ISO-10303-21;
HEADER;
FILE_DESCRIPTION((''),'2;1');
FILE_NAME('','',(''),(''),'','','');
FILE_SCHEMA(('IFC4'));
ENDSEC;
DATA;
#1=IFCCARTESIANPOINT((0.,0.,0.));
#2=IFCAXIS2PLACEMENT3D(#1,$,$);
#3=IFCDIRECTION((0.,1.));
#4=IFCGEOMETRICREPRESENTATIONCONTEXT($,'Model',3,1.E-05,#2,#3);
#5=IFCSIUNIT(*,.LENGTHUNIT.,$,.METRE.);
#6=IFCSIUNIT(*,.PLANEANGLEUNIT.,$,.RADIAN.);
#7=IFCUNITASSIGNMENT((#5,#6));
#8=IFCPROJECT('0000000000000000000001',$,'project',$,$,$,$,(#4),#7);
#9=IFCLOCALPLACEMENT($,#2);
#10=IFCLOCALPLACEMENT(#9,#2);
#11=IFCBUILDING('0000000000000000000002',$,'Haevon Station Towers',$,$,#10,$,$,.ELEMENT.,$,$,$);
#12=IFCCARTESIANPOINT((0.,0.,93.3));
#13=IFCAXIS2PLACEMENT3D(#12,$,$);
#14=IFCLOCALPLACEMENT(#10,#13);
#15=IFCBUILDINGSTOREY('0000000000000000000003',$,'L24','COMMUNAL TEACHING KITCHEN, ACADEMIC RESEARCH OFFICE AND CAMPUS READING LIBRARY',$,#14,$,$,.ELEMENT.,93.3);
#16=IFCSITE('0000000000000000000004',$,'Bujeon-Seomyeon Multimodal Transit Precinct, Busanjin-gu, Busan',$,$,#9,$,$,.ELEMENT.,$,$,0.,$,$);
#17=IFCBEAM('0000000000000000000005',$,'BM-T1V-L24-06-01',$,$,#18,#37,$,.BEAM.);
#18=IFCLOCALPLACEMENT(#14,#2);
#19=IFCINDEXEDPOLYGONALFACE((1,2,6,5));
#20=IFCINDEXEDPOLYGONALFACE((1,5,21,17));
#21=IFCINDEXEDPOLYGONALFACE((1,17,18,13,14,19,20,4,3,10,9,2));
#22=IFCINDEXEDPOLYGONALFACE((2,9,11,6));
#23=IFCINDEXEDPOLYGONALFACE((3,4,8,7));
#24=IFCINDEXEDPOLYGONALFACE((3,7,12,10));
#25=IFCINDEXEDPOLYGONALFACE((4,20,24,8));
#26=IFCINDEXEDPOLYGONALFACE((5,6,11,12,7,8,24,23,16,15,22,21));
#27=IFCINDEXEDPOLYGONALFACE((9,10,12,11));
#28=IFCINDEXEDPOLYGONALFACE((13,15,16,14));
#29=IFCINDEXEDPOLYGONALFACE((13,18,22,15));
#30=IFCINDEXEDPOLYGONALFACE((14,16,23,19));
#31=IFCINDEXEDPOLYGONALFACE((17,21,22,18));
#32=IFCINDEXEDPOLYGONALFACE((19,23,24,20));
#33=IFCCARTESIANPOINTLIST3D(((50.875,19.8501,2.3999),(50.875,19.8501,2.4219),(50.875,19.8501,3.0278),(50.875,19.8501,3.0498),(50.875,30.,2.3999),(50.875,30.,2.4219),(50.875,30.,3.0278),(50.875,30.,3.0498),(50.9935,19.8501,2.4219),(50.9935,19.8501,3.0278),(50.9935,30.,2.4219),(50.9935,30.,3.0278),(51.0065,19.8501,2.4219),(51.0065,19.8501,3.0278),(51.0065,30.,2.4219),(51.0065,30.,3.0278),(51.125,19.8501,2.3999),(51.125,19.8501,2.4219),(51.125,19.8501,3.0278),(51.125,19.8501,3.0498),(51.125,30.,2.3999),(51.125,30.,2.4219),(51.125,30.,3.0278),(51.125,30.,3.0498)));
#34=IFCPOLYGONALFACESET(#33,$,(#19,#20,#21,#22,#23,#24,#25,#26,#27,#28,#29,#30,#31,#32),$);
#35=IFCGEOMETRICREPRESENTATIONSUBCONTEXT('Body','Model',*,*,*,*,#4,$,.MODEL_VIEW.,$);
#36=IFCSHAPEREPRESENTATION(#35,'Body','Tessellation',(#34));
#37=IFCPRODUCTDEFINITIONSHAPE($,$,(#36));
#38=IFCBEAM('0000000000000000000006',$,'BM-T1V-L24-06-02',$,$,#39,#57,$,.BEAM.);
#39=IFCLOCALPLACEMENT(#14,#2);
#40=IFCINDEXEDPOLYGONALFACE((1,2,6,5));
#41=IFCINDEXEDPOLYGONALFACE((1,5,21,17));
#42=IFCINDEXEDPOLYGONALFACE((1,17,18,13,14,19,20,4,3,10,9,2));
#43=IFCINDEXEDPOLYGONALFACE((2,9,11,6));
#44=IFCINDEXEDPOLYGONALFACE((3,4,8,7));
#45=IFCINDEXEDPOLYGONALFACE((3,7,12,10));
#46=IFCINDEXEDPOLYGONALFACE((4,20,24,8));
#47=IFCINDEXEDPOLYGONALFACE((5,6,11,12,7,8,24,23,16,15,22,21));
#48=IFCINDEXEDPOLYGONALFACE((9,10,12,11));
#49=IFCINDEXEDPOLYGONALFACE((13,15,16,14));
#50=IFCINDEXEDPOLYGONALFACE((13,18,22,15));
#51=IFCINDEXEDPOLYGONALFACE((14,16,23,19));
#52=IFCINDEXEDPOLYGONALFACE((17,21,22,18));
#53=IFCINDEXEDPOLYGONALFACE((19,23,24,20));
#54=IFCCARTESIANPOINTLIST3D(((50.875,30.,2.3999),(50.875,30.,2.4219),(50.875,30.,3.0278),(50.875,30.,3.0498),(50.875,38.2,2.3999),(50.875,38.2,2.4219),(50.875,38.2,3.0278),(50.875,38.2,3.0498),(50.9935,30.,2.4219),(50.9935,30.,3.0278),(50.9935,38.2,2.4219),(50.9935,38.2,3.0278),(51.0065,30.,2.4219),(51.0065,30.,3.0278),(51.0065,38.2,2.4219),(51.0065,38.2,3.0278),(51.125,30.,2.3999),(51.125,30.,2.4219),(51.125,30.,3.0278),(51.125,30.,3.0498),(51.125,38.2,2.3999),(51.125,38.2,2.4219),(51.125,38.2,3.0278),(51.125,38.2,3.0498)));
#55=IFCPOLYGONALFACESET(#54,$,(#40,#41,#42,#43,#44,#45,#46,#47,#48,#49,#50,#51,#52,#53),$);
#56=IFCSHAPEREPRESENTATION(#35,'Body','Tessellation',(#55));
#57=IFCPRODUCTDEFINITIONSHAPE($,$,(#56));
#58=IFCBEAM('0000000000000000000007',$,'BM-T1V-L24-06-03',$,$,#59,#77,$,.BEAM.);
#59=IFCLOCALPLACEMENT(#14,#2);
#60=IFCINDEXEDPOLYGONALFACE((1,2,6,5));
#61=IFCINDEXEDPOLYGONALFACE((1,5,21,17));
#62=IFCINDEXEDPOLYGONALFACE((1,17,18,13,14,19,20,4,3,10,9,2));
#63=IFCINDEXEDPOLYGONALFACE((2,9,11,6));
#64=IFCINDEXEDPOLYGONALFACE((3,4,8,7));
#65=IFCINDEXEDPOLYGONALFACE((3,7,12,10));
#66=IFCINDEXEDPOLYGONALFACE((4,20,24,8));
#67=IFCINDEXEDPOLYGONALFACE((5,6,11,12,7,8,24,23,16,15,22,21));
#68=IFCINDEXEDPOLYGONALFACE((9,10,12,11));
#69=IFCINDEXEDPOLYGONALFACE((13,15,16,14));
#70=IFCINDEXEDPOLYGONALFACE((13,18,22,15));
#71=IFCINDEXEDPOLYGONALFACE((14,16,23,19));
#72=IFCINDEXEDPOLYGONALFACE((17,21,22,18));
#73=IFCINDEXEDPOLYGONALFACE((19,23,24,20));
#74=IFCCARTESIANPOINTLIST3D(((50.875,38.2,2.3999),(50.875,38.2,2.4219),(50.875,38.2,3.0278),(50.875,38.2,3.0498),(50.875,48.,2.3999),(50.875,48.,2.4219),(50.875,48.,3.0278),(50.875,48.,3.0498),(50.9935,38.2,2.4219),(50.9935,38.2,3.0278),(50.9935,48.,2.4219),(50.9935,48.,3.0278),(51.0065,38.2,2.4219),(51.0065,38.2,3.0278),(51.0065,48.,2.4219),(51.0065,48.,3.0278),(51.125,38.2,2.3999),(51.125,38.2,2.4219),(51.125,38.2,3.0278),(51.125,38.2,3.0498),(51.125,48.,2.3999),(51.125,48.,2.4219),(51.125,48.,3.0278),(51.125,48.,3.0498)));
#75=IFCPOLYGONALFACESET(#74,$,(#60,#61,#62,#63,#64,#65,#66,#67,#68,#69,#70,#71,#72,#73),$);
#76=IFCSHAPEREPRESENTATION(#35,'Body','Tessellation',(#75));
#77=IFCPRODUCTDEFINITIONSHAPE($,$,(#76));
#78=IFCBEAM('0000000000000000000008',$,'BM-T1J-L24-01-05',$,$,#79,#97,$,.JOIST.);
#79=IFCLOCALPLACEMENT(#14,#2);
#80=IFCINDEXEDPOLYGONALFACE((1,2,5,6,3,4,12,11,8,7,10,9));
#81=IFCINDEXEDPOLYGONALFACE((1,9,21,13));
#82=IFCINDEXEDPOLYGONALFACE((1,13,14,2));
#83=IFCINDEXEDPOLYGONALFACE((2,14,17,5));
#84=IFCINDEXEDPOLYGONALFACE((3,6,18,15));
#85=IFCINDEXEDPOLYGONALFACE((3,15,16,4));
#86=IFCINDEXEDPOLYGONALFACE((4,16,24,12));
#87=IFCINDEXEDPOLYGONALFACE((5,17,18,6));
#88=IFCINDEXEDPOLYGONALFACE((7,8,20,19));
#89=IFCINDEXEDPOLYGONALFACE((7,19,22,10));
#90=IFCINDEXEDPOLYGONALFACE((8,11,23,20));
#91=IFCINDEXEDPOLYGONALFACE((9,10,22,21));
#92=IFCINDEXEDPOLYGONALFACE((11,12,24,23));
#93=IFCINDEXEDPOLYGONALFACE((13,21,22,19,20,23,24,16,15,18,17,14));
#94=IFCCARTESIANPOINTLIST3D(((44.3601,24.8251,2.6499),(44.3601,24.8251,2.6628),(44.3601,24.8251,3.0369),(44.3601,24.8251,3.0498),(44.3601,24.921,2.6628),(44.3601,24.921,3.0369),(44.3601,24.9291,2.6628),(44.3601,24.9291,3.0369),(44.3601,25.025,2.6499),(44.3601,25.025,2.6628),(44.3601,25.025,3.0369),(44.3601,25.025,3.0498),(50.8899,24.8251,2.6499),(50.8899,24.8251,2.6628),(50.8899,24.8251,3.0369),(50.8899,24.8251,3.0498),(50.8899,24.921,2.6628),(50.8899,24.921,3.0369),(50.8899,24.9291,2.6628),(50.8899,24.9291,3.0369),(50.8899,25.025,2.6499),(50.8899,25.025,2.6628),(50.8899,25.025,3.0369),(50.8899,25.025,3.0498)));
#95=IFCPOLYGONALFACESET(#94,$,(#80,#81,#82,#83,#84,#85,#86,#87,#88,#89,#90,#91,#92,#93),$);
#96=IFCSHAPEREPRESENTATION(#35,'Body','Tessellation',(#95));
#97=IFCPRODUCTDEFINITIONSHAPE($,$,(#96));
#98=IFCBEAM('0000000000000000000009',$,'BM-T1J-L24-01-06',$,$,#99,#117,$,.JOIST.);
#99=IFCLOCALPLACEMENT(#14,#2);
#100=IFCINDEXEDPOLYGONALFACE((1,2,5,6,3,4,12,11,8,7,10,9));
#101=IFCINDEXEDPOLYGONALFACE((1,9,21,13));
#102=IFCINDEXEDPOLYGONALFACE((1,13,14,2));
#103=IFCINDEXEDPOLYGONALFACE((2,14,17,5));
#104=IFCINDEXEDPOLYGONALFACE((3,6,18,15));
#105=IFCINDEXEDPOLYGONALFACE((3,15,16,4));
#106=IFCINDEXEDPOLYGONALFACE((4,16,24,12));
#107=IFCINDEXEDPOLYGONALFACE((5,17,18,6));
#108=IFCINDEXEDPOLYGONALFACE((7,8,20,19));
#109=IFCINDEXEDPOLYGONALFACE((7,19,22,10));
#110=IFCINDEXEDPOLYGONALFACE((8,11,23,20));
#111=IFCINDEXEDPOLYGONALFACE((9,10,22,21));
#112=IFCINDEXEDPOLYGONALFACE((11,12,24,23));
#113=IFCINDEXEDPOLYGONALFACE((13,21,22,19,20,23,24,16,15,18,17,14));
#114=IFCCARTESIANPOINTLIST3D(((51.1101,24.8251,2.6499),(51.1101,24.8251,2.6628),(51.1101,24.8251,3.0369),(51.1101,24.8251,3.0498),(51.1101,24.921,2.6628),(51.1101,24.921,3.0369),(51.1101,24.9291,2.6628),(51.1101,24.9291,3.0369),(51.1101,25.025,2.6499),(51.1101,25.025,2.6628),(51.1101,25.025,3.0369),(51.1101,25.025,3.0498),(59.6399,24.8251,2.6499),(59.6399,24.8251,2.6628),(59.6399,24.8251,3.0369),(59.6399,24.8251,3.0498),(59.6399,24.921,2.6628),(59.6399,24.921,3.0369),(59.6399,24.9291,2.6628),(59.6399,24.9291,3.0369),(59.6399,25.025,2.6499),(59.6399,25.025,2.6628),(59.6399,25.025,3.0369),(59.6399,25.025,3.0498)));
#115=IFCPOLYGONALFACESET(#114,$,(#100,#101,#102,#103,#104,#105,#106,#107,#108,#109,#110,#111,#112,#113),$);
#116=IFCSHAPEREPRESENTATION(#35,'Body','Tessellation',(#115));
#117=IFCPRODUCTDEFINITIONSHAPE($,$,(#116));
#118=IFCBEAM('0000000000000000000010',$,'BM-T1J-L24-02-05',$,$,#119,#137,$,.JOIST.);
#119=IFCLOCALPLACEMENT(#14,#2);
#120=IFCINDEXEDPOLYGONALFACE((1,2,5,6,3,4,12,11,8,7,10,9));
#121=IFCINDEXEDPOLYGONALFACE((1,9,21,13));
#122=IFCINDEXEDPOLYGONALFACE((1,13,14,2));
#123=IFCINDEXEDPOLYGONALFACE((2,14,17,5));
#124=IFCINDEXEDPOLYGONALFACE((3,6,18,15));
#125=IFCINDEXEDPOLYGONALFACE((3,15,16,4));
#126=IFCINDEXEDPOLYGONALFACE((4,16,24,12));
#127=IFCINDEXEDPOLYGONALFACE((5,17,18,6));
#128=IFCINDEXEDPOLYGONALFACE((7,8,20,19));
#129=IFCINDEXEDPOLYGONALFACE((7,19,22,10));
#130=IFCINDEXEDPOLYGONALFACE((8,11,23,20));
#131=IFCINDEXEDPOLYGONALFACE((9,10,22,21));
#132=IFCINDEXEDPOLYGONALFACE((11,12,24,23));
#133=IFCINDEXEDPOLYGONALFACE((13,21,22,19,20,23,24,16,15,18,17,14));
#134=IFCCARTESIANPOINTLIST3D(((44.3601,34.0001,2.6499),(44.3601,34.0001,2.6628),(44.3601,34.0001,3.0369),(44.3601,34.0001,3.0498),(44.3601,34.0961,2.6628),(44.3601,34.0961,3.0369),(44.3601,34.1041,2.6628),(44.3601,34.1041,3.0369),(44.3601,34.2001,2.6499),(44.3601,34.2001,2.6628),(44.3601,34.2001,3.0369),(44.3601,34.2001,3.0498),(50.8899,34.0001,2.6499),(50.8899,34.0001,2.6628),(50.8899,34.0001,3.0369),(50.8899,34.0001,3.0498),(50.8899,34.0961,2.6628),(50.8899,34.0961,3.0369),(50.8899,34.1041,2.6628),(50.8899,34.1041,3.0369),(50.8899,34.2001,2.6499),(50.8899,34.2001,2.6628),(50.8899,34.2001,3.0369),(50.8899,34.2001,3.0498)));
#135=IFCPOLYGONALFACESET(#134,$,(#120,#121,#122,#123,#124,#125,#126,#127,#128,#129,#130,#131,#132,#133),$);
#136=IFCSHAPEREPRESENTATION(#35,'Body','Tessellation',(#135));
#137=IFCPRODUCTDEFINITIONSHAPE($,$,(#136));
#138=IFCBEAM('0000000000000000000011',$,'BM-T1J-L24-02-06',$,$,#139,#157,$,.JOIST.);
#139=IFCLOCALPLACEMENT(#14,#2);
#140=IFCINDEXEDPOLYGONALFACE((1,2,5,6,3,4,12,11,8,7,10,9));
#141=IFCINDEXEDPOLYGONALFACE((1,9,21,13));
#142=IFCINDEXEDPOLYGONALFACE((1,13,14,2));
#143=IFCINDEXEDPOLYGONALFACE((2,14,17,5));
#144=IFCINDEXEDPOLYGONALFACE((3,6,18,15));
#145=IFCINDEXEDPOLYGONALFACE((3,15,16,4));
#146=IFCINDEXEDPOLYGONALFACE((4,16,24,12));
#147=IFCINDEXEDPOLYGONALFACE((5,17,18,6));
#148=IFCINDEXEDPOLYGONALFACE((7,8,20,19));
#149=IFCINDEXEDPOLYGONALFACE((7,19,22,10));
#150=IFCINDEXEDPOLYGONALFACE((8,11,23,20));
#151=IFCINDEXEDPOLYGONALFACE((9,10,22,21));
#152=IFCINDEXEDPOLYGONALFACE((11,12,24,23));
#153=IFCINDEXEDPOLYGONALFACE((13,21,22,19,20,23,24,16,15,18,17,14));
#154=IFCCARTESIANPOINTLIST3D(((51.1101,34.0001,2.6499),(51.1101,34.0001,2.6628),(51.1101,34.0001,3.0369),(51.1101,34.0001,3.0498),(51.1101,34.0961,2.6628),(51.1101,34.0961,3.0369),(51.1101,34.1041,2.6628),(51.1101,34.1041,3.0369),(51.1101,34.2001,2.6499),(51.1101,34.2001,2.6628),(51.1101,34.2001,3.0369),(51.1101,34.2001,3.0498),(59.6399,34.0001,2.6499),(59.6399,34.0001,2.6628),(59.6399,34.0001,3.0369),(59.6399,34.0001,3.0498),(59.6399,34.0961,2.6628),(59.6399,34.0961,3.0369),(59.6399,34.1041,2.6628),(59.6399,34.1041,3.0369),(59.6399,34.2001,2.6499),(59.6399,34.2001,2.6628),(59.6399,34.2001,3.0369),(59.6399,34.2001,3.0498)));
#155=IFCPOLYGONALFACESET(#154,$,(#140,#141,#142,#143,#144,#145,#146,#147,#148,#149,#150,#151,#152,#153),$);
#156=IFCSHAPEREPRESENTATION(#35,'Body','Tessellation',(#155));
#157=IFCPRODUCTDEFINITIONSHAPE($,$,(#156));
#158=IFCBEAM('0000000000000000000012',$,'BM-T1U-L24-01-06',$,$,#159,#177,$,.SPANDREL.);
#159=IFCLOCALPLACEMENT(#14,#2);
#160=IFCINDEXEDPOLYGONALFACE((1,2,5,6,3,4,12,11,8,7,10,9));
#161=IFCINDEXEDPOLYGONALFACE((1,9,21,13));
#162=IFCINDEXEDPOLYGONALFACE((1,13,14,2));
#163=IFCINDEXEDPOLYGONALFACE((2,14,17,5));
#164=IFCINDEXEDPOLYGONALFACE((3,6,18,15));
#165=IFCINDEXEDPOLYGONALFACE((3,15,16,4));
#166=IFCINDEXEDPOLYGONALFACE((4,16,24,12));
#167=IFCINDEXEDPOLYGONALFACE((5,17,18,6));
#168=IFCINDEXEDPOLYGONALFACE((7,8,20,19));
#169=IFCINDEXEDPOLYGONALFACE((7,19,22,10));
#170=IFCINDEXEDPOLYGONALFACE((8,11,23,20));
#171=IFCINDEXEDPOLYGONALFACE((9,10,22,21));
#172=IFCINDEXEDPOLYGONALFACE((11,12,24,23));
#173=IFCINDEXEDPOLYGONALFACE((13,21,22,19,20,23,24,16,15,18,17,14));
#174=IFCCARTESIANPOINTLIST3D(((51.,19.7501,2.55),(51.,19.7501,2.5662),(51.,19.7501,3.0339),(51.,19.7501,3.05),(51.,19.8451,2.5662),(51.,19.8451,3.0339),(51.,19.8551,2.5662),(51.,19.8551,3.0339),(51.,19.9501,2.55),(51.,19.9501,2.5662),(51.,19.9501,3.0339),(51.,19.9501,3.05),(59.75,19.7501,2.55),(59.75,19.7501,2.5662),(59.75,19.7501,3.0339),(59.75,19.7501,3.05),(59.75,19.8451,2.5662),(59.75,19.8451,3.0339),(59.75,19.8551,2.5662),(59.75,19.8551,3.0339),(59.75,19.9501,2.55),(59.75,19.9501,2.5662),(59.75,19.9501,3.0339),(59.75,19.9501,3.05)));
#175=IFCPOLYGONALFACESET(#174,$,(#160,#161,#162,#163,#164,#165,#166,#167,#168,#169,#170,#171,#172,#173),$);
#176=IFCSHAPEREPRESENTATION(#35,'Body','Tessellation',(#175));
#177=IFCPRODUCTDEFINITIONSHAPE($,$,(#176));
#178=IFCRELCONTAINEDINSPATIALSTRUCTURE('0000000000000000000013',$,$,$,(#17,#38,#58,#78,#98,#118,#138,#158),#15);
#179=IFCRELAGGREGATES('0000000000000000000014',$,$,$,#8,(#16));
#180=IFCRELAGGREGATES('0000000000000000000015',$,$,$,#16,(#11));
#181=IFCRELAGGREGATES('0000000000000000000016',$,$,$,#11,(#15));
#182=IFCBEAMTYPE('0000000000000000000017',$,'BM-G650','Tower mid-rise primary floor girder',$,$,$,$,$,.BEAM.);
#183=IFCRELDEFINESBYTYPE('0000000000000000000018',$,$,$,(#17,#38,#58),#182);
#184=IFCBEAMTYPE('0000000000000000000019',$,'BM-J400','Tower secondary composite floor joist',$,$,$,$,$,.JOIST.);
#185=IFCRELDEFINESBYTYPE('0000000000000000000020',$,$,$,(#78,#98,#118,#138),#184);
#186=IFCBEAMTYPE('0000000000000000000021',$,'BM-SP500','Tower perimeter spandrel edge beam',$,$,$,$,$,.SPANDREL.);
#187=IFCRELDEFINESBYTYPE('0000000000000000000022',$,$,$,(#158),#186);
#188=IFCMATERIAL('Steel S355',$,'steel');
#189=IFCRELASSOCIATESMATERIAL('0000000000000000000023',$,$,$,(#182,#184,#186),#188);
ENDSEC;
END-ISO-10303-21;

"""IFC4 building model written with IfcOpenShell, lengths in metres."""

from ifc_helpers import new_model, si_unit, direction, frame, origin, origin_2d, place, context, subcontext, project, spatial, i_section, extrude, material, material_profile, profile_set, type_object, element, save


model = new_model("IFC4")

# Units and contexts
model_context = context("Model", 3, precision=1e-05, world=origin(), true_north=direction((0.0, 1.0)))
body_context = subcontext(model_context, "Body", "Model", "MODEL_VIEW")
ifc_project = project(units=[si_unit("LENGTHUNIT", "METRE"), si_unit("PLANEANGLEUNIT", "RADIAN")], contexts=[model_context])

# Site, building, storey
site_placement = place(None, origin())
site = spatial("IfcSite", under=ifc_project, at=site_placement, Name="Bujeon-Seomyeon Multimodal Transit Precinct, Busanjin-gu, Busan", CompositionType="ELEMENT", RefElevation=0.0)
building_placement = place(site_placement, origin())
building = spatial("IfcBuilding", under=site, at=building_placement, Name="Haevon Station Towers", CompositionType="ELEMENT")
storey_placement = place(building_placement, frame((0.0, 0.0, 93.3)))
storey = spatial("IfcBuildingStorey", under=building, at=storey_placement, Name="L24", Description="COMMUNAL TEACHING KITCHEN, ACADEMIC RESEARCH OFFICE AND CAMPUS READING LIBRARY", CompositionType="ELEMENT", Elevation=93.3)

# Beams
ifc_material_1 = material(Name="Steel S355", Category="steel")
ifc_material_profile_1 = material_profile(ifc_material_1, i_section(OverallWidth=0.25, OverallDepth=0.6499, WebThickness=0.0129, FlangeThickness=0.022, at=origin_2d()), Name="H-650x250x13x22")
ifc_profile_set_1 = profile_set([ifc_material_profile_1], Name="Steel S355")
beam_type_1 = type_object("IfcBeamType", Name="BM-G650", Description="Tower mid-rise primary floor girder", PredefinedType="BEAM", material=ifc_profile_set_1)
beam_1_placement = place(storey_placement, frame((51.0, 19.8501, 2.7249), z_axis=(0.0, 1.0, 0.0), x_axis=(-1.0, 0.0, 0.0)))
element("IfcBeam", 1, at=beam_1_placement, inside=storey, type_object=beam_type_1, Name="BM-T1V-L24-06-01", PredefinedType="BEAM", context=body_context, shape_type="SweptSolid", body=[
    extrude(i_section(OverallWidth=0.25, OverallDepth=0.6499, WebThickness=0.0129, FlangeThickness=0.022, at=origin_2d()), origin(), (0.0, 0.0, 1.0), 10.1499),
])
beam_2_placement = place(storey_placement, frame((51.0, 30.0, 2.7249), z_axis=(0.0, 1.0, 0.0), x_axis=(-1.0, 0.0, 0.0)))
element("IfcBeam", 2, at=beam_2_placement, inside=storey, type_object=beam_type_1, Name="BM-T1V-L24-06-02", PredefinedType="BEAM", context=body_context, shape_type="SweptSolid", body=[
    extrude(i_section(OverallWidth=0.25, OverallDepth=0.6499, WebThickness=0.0129, FlangeThickness=0.022, at=origin_2d()), origin(), (0.0, 0.0, 1.0), 8.2),
])
beam_3_placement = place(storey_placement, frame((51.0, 38.2, 2.7249), z_axis=(0.0, 1.0, 0.0), x_axis=(-1.0, 0.0, 0.0)))
element("IfcBeam", 3, at=beam_3_placement, inside=storey, type_object=beam_type_1, Name="BM-T1V-L24-06-03", PredefinedType="BEAM", context=body_context, shape_type="SweptSolid", body=[
    extrude(i_section(OverallWidth=0.25, OverallDepth=0.6499, WebThickness=0.0129, FlangeThickness=0.022, at=origin_2d()), origin(), (0.0, 0.0, 1.0), 9.8),
])
ifc_material_profile_2 = material_profile(ifc_material_1, i_section(OverallWidth=0.2, OverallDepth=0.3999, WebThickness=0.0081, FlangeThickness=0.0129, at=origin_2d()), Name="H-400x200x8x13")
ifc_profile_set_2 = profile_set([ifc_material_profile_2], Name="Steel S355")
beam_type_2 = type_object("IfcBeamType", Name="BM-J400", Description="Tower secondary composite floor joist", PredefinedType="JOIST", material=ifc_profile_set_2)
beam_4_placement = place(storey_placement, frame((44.3601, 24.925, 2.8499), z_axis=(1.0, 0.0, 0.0), x_axis=(0.0, 1.0, 0.0)))
element("IfcBeam", 4, at=beam_4_placement, inside=storey, type_object=beam_type_2, Name="BM-T1J-L24-01-05", PredefinedType="JOIST", context=body_context, shape_type="SweptSolid", body=[
    extrude(i_section(OverallWidth=0.2, OverallDepth=0.3999, WebThickness=0.0081, FlangeThickness=0.0129, at=origin_2d()), origin(), (0.0, 0.0, 1.0), 6.5298),
])
beam_5_placement = place(storey_placement, frame((51.1101, 24.925, 2.8499), z_axis=(1.0, 0.0, 0.0), x_axis=(0.0, 1.0, 0.0)))
element("IfcBeam", 5, at=beam_5_placement, inside=storey, type_object=beam_type_2, Name="BM-T1J-L24-01-06", PredefinedType="JOIST", context=body_context, shape_type="SweptSolid", body=[
    extrude(i_section(OverallWidth=0.2, OverallDepth=0.3999, WebThickness=0.0081, FlangeThickness=0.0129, at=origin_2d()), origin(), (0.0, 0.0, 1.0), 8.5298),
])
beam_6_placement = place(storey_placement, frame((44.3601, 34.1001, 2.8499), z_axis=(1.0, 0.0, 0.0), x_axis=(0.0, 1.0, 0.0)))
element("IfcBeam", 6, at=beam_6_placement, inside=storey, type_object=beam_type_2, Name="BM-T1J-L24-02-05", PredefinedType="JOIST", context=body_context, shape_type="SweptSolid", body=[
    extrude(i_section(OverallWidth=0.2, OverallDepth=0.3999, WebThickness=0.0081, FlangeThickness=0.0129, at=origin_2d()), origin(), (0.0, 0.0, 1.0), 6.5298),
])
beam_7_placement = place(storey_placement, frame((51.1101, 34.1001, 2.8499), z_axis=(1.0, 0.0, 0.0), x_axis=(0.0, 1.0, 0.0)))
element("IfcBeam", 7, at=beam_7_placement, inside=storey, type_object=beam_type_2, Name="BM-T1J-L24-02-06", PredefinedType="JOIST", context=body_context, shape_type="SweptSolid", body=[
    extrude(i_section(OverallWidth=0.2, OverallDepth=0.3999, WebThickness=0.0081, FlangeThickness=0.0129, at=origin_2d()), origin(), (0.0, 0.0, 1.0), 8.5298),
])
ifc_material_profile_3 = material_profile(ifc_material_1, i_section(OverallWidth=0.2, OverallDepth=0.5, WebThickness=0.01, FlangeThickness=0.0161, at=origin_2d()), Name="H-500x200x10x16")
ifc_profile_set_3 = profile_set([ifc_material_profile_3], Name="Steel S355")
beam_type_3 = type_object("IfcBeamType", Name="BM-SP500", Description="Tower perimeter spandrel edge beam", PredefinedType="SPANDREL", material=ifc_profile_set_3)
beam_8_placement = place(storey_placement, frame((51.0, 19.8501, 2.8), z_axis=(1.0, 0.0, 0.0), x_axis=(0.0, 1.0, 0.0)))
element("IfcBeam", 8, at=beam_8_placement, inside=storey, type_object=beam_type_3, Name="BM-T1U-L24-01-06", PredefinedType="SPANDREL", context=body_context, shape_type="SweptSolid", body=[
    extrude(i_section(OverallWidth=0.2, OverallDepth=0.5, WebThickness=0.01, FlangeThickness=0.0161, at=origin_2d()), origin(), (0.0, 0.0, 1.0), 8.75),
])

save(model, "model.ifc")
